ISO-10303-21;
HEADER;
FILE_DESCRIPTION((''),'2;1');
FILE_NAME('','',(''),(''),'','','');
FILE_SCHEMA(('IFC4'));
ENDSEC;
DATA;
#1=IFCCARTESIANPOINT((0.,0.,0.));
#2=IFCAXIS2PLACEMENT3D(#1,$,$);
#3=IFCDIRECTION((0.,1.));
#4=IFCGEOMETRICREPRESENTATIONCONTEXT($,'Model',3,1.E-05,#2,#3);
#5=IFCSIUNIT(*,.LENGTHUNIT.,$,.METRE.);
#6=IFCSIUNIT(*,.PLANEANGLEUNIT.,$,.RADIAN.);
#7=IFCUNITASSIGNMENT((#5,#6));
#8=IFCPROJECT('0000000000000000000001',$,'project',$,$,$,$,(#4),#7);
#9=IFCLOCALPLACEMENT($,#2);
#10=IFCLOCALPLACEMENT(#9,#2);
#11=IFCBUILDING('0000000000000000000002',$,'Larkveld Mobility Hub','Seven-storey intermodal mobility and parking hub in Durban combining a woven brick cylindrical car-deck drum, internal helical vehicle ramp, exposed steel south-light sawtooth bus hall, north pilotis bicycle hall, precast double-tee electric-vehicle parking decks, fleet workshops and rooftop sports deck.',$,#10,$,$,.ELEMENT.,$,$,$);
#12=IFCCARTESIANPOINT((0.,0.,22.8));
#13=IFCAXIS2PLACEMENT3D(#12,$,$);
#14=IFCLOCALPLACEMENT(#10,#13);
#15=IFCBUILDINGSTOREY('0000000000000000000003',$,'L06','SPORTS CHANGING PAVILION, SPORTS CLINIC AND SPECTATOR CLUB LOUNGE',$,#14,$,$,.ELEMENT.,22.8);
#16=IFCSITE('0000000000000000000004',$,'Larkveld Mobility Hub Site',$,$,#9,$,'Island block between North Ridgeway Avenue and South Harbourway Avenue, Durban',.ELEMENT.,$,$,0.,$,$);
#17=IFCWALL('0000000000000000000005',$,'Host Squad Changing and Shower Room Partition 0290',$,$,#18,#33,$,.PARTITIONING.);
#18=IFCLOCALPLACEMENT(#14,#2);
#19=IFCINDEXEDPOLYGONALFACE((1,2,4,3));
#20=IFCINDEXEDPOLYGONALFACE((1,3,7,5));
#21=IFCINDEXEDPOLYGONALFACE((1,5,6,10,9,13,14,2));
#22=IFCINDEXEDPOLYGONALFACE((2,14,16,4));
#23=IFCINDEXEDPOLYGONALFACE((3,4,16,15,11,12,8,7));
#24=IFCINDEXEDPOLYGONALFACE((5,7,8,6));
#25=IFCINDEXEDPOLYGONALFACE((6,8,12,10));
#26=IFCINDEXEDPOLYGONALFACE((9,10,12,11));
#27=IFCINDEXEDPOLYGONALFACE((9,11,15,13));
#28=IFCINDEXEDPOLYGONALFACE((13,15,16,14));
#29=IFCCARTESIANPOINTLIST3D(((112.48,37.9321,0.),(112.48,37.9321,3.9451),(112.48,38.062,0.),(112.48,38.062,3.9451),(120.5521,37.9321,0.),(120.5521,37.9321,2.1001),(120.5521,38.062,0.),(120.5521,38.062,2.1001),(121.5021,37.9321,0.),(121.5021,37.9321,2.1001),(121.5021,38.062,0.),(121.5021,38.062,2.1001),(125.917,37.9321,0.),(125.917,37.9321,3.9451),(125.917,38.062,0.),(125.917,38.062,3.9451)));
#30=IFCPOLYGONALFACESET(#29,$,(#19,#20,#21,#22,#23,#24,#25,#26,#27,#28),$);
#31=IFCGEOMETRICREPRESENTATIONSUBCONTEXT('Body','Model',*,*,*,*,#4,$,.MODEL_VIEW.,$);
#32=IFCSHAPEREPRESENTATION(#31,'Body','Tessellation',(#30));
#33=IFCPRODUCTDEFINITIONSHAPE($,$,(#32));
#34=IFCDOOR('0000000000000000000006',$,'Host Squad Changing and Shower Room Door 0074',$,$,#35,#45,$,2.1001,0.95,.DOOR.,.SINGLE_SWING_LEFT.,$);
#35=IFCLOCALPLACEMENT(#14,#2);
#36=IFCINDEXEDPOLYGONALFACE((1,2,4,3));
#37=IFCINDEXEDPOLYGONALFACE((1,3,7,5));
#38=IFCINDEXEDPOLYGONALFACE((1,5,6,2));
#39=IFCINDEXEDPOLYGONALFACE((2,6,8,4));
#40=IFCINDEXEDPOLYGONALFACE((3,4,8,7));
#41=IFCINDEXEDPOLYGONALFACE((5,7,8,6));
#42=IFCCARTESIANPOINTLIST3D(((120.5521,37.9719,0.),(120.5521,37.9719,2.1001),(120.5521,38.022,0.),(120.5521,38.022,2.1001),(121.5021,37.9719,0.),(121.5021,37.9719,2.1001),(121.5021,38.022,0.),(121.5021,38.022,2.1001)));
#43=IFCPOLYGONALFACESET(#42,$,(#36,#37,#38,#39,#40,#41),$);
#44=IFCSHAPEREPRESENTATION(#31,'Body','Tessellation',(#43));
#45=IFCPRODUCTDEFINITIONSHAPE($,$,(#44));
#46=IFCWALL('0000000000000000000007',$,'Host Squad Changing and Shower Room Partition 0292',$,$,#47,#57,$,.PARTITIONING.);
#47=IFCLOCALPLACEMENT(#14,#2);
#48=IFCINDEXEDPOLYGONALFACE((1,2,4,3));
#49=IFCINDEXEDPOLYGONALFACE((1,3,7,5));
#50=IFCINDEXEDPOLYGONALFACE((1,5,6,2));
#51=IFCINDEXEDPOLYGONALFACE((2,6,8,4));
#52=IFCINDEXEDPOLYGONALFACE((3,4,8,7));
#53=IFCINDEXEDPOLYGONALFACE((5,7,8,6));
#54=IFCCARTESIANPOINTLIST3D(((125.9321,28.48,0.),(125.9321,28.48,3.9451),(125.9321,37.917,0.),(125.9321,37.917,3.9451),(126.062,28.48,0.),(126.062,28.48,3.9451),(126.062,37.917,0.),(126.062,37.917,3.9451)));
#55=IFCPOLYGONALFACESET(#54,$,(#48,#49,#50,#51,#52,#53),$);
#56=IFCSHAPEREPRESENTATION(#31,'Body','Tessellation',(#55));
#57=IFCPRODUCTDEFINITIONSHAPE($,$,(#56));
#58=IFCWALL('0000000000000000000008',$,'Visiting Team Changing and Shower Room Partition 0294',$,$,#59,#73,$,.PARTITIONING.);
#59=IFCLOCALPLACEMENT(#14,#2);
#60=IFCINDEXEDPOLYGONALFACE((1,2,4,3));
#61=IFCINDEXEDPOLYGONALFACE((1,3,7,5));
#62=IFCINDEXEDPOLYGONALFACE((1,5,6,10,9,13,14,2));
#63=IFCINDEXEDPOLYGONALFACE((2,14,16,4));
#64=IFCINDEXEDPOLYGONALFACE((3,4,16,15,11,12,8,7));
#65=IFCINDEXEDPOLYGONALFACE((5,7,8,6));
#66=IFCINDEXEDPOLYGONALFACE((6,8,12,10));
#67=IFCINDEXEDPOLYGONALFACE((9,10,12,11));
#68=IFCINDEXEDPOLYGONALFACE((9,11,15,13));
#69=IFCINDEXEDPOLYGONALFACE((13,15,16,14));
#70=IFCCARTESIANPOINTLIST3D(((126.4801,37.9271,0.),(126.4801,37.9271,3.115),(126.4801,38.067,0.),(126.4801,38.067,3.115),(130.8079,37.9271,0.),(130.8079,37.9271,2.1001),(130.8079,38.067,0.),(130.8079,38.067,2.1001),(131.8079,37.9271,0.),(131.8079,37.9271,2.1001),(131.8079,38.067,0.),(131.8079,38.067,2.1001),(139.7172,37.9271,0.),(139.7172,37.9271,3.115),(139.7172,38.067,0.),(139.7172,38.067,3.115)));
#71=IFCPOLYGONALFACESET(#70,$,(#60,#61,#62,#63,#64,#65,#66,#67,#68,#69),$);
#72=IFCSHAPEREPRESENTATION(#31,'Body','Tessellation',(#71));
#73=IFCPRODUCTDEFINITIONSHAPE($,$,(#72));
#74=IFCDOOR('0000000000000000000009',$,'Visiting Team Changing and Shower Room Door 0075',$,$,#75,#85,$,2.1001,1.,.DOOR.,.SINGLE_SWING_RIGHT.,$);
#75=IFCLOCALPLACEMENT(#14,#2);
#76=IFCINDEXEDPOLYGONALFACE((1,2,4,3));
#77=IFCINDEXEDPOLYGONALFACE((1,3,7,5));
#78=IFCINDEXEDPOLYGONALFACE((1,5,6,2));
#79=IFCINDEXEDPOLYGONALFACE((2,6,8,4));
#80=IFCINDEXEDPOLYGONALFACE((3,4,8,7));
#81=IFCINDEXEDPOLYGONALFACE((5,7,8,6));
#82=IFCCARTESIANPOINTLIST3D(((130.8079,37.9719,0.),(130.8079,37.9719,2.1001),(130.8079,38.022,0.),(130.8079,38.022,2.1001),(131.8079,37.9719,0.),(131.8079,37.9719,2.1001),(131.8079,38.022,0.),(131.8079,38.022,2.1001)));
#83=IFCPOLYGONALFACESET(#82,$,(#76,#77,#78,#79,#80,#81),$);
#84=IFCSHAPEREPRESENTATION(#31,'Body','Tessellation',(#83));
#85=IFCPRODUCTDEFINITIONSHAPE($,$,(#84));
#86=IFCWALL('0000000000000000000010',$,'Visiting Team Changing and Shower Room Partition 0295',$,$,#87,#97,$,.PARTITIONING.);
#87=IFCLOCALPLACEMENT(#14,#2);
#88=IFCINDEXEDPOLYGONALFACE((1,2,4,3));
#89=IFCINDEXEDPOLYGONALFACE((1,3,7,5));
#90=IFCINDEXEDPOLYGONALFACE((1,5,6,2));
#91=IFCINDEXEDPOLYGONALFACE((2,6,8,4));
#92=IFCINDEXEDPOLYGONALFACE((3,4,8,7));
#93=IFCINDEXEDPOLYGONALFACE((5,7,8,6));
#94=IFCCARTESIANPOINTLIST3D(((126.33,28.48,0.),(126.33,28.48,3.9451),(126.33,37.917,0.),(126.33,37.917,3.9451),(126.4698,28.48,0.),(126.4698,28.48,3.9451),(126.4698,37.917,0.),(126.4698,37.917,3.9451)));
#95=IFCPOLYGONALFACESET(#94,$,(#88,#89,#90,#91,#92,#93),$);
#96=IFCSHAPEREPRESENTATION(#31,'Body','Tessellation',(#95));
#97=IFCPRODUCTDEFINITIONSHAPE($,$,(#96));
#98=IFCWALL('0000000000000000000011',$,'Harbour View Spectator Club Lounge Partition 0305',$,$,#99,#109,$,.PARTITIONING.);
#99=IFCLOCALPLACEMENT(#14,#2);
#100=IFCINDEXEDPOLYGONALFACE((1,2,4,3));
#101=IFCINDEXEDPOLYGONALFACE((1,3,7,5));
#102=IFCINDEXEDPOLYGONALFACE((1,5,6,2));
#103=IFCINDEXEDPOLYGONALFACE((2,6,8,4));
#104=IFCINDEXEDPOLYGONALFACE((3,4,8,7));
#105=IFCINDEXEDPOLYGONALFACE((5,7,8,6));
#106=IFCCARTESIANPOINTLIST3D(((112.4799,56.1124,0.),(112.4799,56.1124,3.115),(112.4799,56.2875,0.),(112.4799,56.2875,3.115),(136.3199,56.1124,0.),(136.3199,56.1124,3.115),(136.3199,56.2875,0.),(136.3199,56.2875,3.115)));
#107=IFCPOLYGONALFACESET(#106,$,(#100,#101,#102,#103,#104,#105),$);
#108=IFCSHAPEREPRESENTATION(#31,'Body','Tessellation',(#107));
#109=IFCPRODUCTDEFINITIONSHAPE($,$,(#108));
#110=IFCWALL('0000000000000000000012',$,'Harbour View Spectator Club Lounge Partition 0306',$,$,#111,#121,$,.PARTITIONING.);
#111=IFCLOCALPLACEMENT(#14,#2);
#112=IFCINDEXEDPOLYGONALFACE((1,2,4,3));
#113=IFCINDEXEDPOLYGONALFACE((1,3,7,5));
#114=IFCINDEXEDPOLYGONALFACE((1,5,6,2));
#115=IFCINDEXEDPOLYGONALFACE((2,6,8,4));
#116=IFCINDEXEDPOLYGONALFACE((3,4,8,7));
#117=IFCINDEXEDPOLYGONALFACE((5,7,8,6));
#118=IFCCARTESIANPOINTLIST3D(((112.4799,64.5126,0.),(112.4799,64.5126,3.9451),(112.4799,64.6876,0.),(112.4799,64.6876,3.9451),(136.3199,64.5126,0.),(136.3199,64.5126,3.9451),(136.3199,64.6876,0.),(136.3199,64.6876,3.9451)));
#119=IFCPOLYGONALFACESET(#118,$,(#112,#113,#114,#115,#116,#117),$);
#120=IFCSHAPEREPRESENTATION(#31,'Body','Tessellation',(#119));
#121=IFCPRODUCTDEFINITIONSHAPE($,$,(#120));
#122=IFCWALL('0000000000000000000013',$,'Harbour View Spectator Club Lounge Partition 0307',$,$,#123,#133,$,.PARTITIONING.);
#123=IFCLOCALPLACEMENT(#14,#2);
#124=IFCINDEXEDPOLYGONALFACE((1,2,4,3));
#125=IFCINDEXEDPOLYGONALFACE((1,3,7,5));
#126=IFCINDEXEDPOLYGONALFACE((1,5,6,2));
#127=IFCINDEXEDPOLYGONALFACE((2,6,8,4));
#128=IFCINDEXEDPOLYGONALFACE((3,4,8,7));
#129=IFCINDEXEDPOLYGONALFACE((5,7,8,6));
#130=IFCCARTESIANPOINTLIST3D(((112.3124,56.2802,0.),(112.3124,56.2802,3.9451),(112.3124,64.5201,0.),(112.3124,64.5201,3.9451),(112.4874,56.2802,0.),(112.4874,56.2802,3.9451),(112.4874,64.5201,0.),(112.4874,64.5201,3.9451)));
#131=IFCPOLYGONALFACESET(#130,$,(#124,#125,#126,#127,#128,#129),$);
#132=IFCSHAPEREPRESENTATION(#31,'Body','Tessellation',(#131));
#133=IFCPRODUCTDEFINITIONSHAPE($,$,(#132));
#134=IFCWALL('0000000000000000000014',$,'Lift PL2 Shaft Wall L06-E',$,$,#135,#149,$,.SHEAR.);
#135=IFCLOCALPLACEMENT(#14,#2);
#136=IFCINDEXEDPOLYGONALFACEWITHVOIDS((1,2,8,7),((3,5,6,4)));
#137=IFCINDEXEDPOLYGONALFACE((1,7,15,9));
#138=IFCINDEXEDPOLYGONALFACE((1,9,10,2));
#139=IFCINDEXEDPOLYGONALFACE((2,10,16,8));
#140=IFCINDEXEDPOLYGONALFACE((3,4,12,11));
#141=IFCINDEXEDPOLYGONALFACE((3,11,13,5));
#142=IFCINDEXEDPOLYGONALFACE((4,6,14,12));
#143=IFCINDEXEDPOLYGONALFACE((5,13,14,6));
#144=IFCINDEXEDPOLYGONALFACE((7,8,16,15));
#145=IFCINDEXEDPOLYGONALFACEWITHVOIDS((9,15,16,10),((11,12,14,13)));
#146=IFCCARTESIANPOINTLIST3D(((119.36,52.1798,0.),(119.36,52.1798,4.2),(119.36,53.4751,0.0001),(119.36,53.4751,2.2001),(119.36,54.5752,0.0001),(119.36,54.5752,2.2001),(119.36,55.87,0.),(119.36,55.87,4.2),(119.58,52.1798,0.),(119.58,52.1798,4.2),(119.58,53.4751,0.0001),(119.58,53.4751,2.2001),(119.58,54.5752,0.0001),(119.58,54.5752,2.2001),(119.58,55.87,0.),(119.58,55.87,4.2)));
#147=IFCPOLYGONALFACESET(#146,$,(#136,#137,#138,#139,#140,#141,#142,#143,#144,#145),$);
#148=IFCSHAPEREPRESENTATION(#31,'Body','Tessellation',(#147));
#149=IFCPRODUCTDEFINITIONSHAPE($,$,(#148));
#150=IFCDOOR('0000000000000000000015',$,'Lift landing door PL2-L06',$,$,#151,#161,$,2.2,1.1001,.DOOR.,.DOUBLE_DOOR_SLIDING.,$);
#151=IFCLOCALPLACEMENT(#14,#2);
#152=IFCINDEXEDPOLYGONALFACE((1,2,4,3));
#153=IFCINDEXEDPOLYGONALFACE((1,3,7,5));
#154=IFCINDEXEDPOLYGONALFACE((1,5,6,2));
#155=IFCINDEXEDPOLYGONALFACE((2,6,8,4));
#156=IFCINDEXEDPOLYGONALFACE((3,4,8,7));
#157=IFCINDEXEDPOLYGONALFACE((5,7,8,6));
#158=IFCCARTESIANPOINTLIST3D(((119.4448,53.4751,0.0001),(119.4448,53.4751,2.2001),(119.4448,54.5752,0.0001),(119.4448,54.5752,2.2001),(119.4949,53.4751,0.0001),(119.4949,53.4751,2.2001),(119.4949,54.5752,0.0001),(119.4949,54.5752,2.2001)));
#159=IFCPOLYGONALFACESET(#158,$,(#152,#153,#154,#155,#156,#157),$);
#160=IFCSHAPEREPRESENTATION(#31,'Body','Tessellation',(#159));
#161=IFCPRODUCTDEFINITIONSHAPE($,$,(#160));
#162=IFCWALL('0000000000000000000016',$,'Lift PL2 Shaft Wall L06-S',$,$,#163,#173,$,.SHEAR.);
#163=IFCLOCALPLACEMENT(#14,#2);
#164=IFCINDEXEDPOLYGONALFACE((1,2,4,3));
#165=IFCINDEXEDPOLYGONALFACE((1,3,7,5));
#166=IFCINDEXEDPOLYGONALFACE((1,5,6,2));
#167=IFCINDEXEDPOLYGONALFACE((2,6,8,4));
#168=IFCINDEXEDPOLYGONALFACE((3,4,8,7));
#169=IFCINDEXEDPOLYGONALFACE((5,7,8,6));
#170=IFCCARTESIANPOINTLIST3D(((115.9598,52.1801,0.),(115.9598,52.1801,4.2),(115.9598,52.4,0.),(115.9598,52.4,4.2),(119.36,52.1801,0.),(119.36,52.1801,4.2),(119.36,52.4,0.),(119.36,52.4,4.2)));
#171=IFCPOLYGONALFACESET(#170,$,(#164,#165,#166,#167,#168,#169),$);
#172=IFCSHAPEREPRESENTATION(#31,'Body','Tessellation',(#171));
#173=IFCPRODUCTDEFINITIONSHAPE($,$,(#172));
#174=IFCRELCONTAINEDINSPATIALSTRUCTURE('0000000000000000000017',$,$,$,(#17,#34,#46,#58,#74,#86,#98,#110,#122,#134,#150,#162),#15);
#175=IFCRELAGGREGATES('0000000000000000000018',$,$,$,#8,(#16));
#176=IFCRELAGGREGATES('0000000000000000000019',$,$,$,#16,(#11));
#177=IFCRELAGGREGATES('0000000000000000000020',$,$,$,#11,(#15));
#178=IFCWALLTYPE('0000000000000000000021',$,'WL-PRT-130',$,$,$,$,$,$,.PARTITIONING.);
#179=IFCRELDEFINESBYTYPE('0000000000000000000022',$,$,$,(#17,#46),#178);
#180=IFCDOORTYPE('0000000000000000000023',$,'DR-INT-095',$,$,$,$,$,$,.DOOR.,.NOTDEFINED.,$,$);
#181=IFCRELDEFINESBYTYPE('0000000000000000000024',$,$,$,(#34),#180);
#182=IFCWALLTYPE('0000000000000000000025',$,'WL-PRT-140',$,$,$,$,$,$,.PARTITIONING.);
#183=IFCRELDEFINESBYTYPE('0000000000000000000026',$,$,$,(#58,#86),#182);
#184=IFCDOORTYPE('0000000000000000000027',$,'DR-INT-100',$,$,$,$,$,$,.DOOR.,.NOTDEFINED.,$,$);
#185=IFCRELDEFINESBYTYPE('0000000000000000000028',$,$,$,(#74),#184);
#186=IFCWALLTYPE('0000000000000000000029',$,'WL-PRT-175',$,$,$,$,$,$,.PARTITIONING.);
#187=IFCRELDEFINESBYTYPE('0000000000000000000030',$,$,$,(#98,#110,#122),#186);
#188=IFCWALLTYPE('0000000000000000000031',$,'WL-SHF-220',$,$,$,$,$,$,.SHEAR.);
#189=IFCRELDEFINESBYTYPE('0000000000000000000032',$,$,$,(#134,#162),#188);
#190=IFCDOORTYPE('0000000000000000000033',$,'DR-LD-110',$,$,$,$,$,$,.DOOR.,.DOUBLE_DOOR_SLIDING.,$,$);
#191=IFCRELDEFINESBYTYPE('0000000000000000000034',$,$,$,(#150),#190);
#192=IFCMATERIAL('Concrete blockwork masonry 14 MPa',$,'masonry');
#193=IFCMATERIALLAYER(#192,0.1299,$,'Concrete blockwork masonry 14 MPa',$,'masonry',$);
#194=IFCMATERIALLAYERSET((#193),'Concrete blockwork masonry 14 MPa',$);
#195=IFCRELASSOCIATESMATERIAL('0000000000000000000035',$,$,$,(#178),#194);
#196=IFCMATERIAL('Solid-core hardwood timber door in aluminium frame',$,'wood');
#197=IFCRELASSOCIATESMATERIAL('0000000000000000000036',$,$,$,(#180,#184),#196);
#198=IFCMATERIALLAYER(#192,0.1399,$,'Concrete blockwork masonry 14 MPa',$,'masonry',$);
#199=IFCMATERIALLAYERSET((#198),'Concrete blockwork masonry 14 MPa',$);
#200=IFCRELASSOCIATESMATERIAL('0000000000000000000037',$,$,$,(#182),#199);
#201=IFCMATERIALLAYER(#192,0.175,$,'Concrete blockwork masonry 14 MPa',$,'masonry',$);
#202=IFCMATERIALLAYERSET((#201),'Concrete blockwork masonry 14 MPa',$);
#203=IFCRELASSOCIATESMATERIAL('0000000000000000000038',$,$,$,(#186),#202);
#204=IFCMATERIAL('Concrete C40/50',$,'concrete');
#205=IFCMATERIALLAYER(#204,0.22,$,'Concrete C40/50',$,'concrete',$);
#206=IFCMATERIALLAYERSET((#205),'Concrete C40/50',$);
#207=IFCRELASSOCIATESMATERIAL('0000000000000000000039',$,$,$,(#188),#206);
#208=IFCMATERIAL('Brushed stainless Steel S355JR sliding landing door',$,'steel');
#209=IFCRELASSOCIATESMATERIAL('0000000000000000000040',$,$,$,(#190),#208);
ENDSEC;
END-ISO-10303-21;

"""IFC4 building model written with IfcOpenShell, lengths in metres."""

from ifc_helpers import new_model, si_unit, direction, frame, frame_2d, origin, place, context, subcontext, project, spatial, rectangle, extrude, material, layer, layer_set, type_object, element, fill, save


model = new_model("IFC4")

# Units and contexts
model_context = context("Model", 3, precision=1e-05, world=origin(), true_north=direction((0.0, 1.0)))
body_context = subcontext(model_context, "Body", "Model", "MODEL_VIEW")
ifc_project = project(units=[si_unit("LENGTHUNIT", "METRE"), si_unit("PLANEANGLEUNIT", "RADIAN")], contexts=[model_context])

# Site, building, storey
site_placement = place(None, origin())
site = spatial("IfcSite", under=ifc_project, at=site_placement, Name="Larkveld Mobility Hub Site", LongName="Island block between North Ridgeway Avenue and South Harbourway Avenue, Durban", CompositionType="ELEMENT", RefElevation=0.0)
building_placement = place(site_placement, origin())
building = spatial("IfcBuilding", under=site, at=building_placement, Name="Larkveld Mobility Hub", Description="Seven-storey intermodal mobility and parking hub in Durban combining a woven brick cylindrical car-deck drum, internal helical vehicle ramp, exposed steel south-light sawtooth bus hall, north pilotis bicycle hall, precast double-tee electric-vehicle parking decks, fleet workshops and rooftop sports deck.", CompositionType="ELEMENT")
storey_placement = place(building_placement, frame((0.0, 0.0, 22.8)))
storey = spatial("IfcBuildingStorey", under=building, at=storey_placement, Name="L06", Description="SPORTS CHANGING PAVILION, SPORTS CLINIC AND SPECTATOR CLUB LOUNGE", CompositionType="ELEMENT", Elevation=22.8)

# Shared definitions
ifc_material_1 = material(Name="Concrete C40/50", Category="concrete")

# Shared definitions
ifc_material_2 = material(Name="Concrete blockwork masonry 14 MPa", Category="masonry")

# Wall, opening, door
ifc_material_3 = material(Name="Solid-core hardwood timber door in aluminium frame", Category="wood")
ifc_layer_1 = layer(ifc_material_2, 0.1299, Name="Concrete blockwork masonry 14 MPa", Category="masonry")
ifc_layer_set_1 = layer_set([ifc_layer_1], Name="Concrete blockwork masonry 14 MPa")
wall_type_1 = type_object("IfcWallType", Name="WL-PRT-130", PredefinedType="PARTITIONING", material=ifc_layer_set_1)
wall_1_placement = place(storey_placement, frame((112.48, 37.9971, 0.0), z_axis=(0.0, 0.0, 1.0), x_axis=(1.0, 0.0, 0.0)))
wall_1 = element("IfcWall", 1, at=wall_1_placement, inside=storey, type_object=wall_type_1, Name="Host Squad Changing and Shower Room Partition 0290", PredefinedType="PARTITIONING", context=body_context, shape_type="SweptSolid", body=[
    extrude(rectangle(XDim=13.437, YDim=0.1299, at=frame_2d((6.7185, 0.0))), origin(), (0.0, 0.0, 1.0), 3.9451),
])
opening_1_placement = place(wall_1_placement, frame((8.072, 0.0, 0.0)))
opening_1 = element("IfcOpeningElement", 2, at=opening_1_placement, cuts=wall_1, PredefinedType="OPENING", context=body_context, shape_type="SweptSolid", body=[
    extrude(rectangle(XDim=0.95, YDim=2.1001, at=frame_2d((0.4751, 1.05))), frame((0.0, 0.075, 0.0), z_axis=(0.0, -1.0, 0.0), x_axis=(1.0, 0.0, 0.0)), (0.0, 0.0, 1.0), 0.1499),
])
door_type_1 = type_object("IfcDoorType", Name="DR-INT-095", OperationType="NOTDEFINED", PredefinedType="DOOR", material=ifc_material_3)
door_1_placement = place(opening_1_placement, origin())
door_1 = element("IfcDoor", 3, at=door_1_placement, inside=storey, type_object=door_type_1, Name="Host Squad Changing and Shower Room Door 0074", OperationType="SINGLE_SWING_LEFT", OverallHeight=2.1001, OverallWidth=0.95, PredefinedType="DOOR", context=body_context, shape_type="SweptSolid", body=[
    extrude(rectangle(XDim=0.95, YDim=2.1001, at=frame_2d((0.4751, 1.05))), frame((0.0, 0.0249, 0.0), z_axis=(0.0, -1.0, 0.0), x_axis=(1.0, 0.0, 0.0)), (0.0, 0.0, 1.0), 0.05),
])
fill(opening_1, door_1)

# Wall
wall_2_placement = place(storey_placement, frame((125.9971, 28.48, 0.0), z_axis=(0.0, 0.0, 1.0), x_axis=(0.0, 1.0, 0.0)))
element("IfcWall", 4, at=wall_2_placement, inside=storey, type_object=wall_type_1, Name="Host Squad Changing and Shower Room Partition 0292", PredefinedType="PARTITIONING", context=body_context, shape_type="SweptSolid", body=[
    extrude(rectangle(XDim=9.437, YDim=0.1299, at=frame_2d((4.7185, 0.0))), origin(), (0.0, 0.0, 1.0), 3.9451),
])

# Wall, opening, door
ifc_layer_2 = layer(ifc_material_2, 0.1399, Name="Concrete blockwork masonry 14 MPa", Category="masonry")
ifc_layer_set_2 = layer_set([ifc_layer_2], Name="Concrete blockwork masonry 14 MPa")
wall_type_2 = type_object("IfcWallType", Name="WL-PRT-140", PredefinedType="PARTITIONING", material=ifc_layer_set_2)
wall_3_placement = place(storey_placement, frame((126.48, 37.9971, 0.0), z_axis=(0.0, 0.0, 1.0), x_axis=(1.0, 0.0, 0.0)))
wall_3 = element("IfcWall", 5, at=wall_3_placement, inside=storey, type_object=wall_type_2, Name="Visiting Team Changing and Shower Room Partition 0294", PredefinedType="PARTITIONING", context=body_context, shape_type="SweptSolid", body=[
    extrude(rectangle(XDim=13.2371, YDim=0.1399, at=frame_2d((6.6187, 0.0))), origin(), (0.0, 0.0, 1.0), 3.115),
])
opening_2_placement = place(wall_3_placement, frame((4.3279, 0.0, 0.0)))
opening_2 = element("IfcOpeningElement", 6, at=opening_2_placement, cuts=wall_3, PredefinedType="OPENING", context=body_context, shape_type="SweptSolid", body=[
    extrude(rectangle(XDim=1.0, YDim=2.1001, at=frame_2d((0.5, 1.05))), frame((0.0, 0.0801, 0.0), z_axis=(0.0, -1.0, 0.0), x_axis=(1.0, 0.0, 0.0)), (0.0, 0.0, 1.0), 0.1599),
])
door_type_2 = type_object("IfcDoorType", Name="DR-INT-100", OperationType="NOTDEFINED", PredefinedType="DOOR", material=ifc_material_3)
door_2_placement = place(opening_2_placement, origin())
door_2 = element("IfcDoor", 7, at=door_2_placement, inside=storey, type_object=door_type_2, Name="Visiting Team Changing and Shower Room Door 0075", OperationType="SINGLE_SWING_RIGHT", OverallHeight=2.1001, OverallWidth=1.0, PredefinedType="DOOR", context=body_context, shape_type="SweptSolid", body=[
    extrude(rectangle(XDim=1.0, YDim=2.1001, at=frame_2d((0.5, 1.05))), frame((0.0, 0.0249, 0.0), z_axis=(0.0, -1.0, 0.0), x_axis=(1.0, 0.0, 0.0)), (0.0, 0.0, 1.0), 0.05),
])
fill(opening_2, door_2)

# Walls
wall_4_placement = place(storey_placement, frame((126.3999, 28.48, 0.0), z_axis=(0.0, 0.0, 1.0), x_axis=(0.0, 1.0, 0.0)))
element("IfcWall", 8, at=wall_4_placement, inside=storey, type_object=wall_type_2, Name="Visiting Team Changing and Shower Room Partition 0295", PredefinedType="PARTITIONING", context=body_context, shape_type="SweptSolid", body=[
    extrude(rectangle(XDim=9.437, YDim=0.1399, at=frame_2d((4.7185, 0.0))), origin(), (0.0, 0.0, 1.0), 3.9451),
])
ifc_layer_3 = layer(ifc_material_2, 0.175, Name="Concrete blockwork masonry 14 MPa", Category="masonry")
ifc_layer_set_3 = layer_set([ifc_layer_3], Name="Concrete blockwork masonry 14 MPa")
wall_type_3 = type_object("IfcWallType", Name="WL-PRT-175", PredefinedType="PARTITIONING", material=ifc_layer_set_3)
wall_5_placement = place(storey_placement, frame((112.48, 56.2, 0.0), z_axis=(0.0, 0.0, 1.0), x_axis=(1.0, 0.0, 0.0)))
element("IfcWall", 9, at=wall_5_placement, inside=storey, type_object=wall_type_3, Name="Harbour View Spectator Club Lounge Partition 0305", PredefinedType="PARTITIONING", context=body_context, shape_type="SweptSolid", body=[
    extrude(rectangle(XDim=23.8401, YDim=0.175, at=frame_2d((11.9199, 0.0))), origin(), (0.0, 0.0, 1.0), 3.115),
])
wall_6_placement = place(storey_placement, frame((112.48, 64.6001, 0.0), z_axis=(0.0, 0.0, 1.0), x_axis=(1.0, 0.0, 0.0)))
element("IfcWall", 10, at=wall_6_placement, inside=storey, type_object=wall_type_3, Name="Harbour View Spectator Club Lounge Partition 0306", PredefinedType="PARTITIONING", context=body_context, shape_type="SweptSolid", body=[
    extrude(rectangle(XDim=23.8401, YDim=0.175, at=frame_2d((11.9199, 0.0))), origin(), (0.0, 0.0, 1.0), 3.9451),
])
wall_7_placement = place(storey_placement, frame((112.3999, 56.28, 0.0), z_axis=(0.0, 0.0, 1.0), x_axis=(0.0, 1.0, 0.0)))
element("IfcWall", 11, at=wall_7_placement, inside=storey, type_object=wall_type_3, Name="Harbour View Spectator Club Lounge Partition 0307", PredefinedType="PARTITIONING", context=body_context, shape_type="SweptSolid", body=[
    extrude(rectangle(XDim=8.24, YDim=0.175, at=frame_2d((4.1201, 0.0))), origin(), (0.0, 0.0, 1.0), 3.9451),
])

# Wall, opening, door
ifc_layer_4 = layer(ifc_material_1, 0.22, Name="Concrete C40/50", Category="concrete")
ifc_layer_set_4 = layer_set([ifc_layer_4], Name="Concrete C40/50")
wall_type_4 = type_object("IfcWallType", Name="WL-SHF-220", PredefinedType="SHEAR", material=ifc_layer_set_4)
wall_8_placement = place(storey_placement, frame((119.47, 55.8701, 0.0), z_axis=(0.0, 0.0, 1.0), x_axis=(0.0, -1.0, 0.0)))
wall_8 = element("IfcWall", 12, at=wall_8_placement, inside=storey, type_object=wall_type_4, Name="Lift PL2 Shaft Wall L06-E", PredefinedType="SHEAR", context=body_context, shape_type="SweptSolid", body=[
    extrude(rectangle(XDim=3.6902, YDim=0.22, at=frame_2d((1.8452, 0.0))), origin(), (0.0, 0.0, 1.0), 4.2),
])
opening_3_placement = place(wall_8_placement, frame((1.2949, 0.0, 0.0)))
opening_3 = element("IfcOpeningElement", 13, at=opening_3_placement, cuts=wall_8, PredefinedType="OPENING", context=body_context, shape_type="SweptSolid", body=[
    extrude(rectangle(XDim=1.1001, YDim=2.2, at=frame_2d((0.55, 1.1001))), frame((0.0, 0.1201, 0.0), z_axis=(0.0, -1.0, 0.0), x_axis=(1.0, 0.0, 0.0)), (0.0, 0.0, 1.0), 0.24),
])
ifc_material_4 = material(Name="Brushed stainless Steel S355JR sliding landing door", Category="steel")
door_type_3 = type_object("IfcDoorType", Name="DR-LD-110", OperationType="DOUBLE_DOOR_SLIDING", PredefinedType="DOOR", material=ifc_material_4)
door_3_placement = place(opening_3_placement, origin())
door_3 = element("IfcDoor", 14, at=door_3_placement, inside=storey, type_object=door_type_3, Name="Lift landing door PL2-L06", OperationType="DOUBLE_DOOR_SLIDING", OverallHeight=2.2, OverallWidth=1.1001, PredefinedType="DOOR", context=body_context, shape_type="SweptSolid", body=[
    extrude(rectangle(XDim=1.1001, YDim=2.2, at=frame_2d((0.55, 1.1001))), frame((0.0, 0.0249, 0.0), z_axis=(0.0, -1.0, 0.0), x_axis=(1.0, 0.0, 0.0)), (0.0, 0.0, 1.0), 0.05),
])
fill(opening_3, door_3)

# Wall
for number, where, z_axis, x_axis, name in (
    (15, (119.3601, 52.29, 0.0), (0.0, 0.0, 1.0), (-1.0, 0.0, 0.0), "Lift PL2 Shaft Wall L06-S"),
):
    element("IfcWall", number, at=place(storey_placement, frame(where, z_axis=z_axis, x_axis=x_axis)), inside=storey, type_object=wall_type_4, Name=name, PredefinedType="SHEAR", context=body_context, shape_type="SweptSolid", body=[
        extrude(rectangle(XDim=3.4001, YDim=0.22, at=frame_2d((1.7002, 0.0))), origin(), (0.0, 0.0, 1.0), 4.2),
    ])

save(model, "model.ifc")
